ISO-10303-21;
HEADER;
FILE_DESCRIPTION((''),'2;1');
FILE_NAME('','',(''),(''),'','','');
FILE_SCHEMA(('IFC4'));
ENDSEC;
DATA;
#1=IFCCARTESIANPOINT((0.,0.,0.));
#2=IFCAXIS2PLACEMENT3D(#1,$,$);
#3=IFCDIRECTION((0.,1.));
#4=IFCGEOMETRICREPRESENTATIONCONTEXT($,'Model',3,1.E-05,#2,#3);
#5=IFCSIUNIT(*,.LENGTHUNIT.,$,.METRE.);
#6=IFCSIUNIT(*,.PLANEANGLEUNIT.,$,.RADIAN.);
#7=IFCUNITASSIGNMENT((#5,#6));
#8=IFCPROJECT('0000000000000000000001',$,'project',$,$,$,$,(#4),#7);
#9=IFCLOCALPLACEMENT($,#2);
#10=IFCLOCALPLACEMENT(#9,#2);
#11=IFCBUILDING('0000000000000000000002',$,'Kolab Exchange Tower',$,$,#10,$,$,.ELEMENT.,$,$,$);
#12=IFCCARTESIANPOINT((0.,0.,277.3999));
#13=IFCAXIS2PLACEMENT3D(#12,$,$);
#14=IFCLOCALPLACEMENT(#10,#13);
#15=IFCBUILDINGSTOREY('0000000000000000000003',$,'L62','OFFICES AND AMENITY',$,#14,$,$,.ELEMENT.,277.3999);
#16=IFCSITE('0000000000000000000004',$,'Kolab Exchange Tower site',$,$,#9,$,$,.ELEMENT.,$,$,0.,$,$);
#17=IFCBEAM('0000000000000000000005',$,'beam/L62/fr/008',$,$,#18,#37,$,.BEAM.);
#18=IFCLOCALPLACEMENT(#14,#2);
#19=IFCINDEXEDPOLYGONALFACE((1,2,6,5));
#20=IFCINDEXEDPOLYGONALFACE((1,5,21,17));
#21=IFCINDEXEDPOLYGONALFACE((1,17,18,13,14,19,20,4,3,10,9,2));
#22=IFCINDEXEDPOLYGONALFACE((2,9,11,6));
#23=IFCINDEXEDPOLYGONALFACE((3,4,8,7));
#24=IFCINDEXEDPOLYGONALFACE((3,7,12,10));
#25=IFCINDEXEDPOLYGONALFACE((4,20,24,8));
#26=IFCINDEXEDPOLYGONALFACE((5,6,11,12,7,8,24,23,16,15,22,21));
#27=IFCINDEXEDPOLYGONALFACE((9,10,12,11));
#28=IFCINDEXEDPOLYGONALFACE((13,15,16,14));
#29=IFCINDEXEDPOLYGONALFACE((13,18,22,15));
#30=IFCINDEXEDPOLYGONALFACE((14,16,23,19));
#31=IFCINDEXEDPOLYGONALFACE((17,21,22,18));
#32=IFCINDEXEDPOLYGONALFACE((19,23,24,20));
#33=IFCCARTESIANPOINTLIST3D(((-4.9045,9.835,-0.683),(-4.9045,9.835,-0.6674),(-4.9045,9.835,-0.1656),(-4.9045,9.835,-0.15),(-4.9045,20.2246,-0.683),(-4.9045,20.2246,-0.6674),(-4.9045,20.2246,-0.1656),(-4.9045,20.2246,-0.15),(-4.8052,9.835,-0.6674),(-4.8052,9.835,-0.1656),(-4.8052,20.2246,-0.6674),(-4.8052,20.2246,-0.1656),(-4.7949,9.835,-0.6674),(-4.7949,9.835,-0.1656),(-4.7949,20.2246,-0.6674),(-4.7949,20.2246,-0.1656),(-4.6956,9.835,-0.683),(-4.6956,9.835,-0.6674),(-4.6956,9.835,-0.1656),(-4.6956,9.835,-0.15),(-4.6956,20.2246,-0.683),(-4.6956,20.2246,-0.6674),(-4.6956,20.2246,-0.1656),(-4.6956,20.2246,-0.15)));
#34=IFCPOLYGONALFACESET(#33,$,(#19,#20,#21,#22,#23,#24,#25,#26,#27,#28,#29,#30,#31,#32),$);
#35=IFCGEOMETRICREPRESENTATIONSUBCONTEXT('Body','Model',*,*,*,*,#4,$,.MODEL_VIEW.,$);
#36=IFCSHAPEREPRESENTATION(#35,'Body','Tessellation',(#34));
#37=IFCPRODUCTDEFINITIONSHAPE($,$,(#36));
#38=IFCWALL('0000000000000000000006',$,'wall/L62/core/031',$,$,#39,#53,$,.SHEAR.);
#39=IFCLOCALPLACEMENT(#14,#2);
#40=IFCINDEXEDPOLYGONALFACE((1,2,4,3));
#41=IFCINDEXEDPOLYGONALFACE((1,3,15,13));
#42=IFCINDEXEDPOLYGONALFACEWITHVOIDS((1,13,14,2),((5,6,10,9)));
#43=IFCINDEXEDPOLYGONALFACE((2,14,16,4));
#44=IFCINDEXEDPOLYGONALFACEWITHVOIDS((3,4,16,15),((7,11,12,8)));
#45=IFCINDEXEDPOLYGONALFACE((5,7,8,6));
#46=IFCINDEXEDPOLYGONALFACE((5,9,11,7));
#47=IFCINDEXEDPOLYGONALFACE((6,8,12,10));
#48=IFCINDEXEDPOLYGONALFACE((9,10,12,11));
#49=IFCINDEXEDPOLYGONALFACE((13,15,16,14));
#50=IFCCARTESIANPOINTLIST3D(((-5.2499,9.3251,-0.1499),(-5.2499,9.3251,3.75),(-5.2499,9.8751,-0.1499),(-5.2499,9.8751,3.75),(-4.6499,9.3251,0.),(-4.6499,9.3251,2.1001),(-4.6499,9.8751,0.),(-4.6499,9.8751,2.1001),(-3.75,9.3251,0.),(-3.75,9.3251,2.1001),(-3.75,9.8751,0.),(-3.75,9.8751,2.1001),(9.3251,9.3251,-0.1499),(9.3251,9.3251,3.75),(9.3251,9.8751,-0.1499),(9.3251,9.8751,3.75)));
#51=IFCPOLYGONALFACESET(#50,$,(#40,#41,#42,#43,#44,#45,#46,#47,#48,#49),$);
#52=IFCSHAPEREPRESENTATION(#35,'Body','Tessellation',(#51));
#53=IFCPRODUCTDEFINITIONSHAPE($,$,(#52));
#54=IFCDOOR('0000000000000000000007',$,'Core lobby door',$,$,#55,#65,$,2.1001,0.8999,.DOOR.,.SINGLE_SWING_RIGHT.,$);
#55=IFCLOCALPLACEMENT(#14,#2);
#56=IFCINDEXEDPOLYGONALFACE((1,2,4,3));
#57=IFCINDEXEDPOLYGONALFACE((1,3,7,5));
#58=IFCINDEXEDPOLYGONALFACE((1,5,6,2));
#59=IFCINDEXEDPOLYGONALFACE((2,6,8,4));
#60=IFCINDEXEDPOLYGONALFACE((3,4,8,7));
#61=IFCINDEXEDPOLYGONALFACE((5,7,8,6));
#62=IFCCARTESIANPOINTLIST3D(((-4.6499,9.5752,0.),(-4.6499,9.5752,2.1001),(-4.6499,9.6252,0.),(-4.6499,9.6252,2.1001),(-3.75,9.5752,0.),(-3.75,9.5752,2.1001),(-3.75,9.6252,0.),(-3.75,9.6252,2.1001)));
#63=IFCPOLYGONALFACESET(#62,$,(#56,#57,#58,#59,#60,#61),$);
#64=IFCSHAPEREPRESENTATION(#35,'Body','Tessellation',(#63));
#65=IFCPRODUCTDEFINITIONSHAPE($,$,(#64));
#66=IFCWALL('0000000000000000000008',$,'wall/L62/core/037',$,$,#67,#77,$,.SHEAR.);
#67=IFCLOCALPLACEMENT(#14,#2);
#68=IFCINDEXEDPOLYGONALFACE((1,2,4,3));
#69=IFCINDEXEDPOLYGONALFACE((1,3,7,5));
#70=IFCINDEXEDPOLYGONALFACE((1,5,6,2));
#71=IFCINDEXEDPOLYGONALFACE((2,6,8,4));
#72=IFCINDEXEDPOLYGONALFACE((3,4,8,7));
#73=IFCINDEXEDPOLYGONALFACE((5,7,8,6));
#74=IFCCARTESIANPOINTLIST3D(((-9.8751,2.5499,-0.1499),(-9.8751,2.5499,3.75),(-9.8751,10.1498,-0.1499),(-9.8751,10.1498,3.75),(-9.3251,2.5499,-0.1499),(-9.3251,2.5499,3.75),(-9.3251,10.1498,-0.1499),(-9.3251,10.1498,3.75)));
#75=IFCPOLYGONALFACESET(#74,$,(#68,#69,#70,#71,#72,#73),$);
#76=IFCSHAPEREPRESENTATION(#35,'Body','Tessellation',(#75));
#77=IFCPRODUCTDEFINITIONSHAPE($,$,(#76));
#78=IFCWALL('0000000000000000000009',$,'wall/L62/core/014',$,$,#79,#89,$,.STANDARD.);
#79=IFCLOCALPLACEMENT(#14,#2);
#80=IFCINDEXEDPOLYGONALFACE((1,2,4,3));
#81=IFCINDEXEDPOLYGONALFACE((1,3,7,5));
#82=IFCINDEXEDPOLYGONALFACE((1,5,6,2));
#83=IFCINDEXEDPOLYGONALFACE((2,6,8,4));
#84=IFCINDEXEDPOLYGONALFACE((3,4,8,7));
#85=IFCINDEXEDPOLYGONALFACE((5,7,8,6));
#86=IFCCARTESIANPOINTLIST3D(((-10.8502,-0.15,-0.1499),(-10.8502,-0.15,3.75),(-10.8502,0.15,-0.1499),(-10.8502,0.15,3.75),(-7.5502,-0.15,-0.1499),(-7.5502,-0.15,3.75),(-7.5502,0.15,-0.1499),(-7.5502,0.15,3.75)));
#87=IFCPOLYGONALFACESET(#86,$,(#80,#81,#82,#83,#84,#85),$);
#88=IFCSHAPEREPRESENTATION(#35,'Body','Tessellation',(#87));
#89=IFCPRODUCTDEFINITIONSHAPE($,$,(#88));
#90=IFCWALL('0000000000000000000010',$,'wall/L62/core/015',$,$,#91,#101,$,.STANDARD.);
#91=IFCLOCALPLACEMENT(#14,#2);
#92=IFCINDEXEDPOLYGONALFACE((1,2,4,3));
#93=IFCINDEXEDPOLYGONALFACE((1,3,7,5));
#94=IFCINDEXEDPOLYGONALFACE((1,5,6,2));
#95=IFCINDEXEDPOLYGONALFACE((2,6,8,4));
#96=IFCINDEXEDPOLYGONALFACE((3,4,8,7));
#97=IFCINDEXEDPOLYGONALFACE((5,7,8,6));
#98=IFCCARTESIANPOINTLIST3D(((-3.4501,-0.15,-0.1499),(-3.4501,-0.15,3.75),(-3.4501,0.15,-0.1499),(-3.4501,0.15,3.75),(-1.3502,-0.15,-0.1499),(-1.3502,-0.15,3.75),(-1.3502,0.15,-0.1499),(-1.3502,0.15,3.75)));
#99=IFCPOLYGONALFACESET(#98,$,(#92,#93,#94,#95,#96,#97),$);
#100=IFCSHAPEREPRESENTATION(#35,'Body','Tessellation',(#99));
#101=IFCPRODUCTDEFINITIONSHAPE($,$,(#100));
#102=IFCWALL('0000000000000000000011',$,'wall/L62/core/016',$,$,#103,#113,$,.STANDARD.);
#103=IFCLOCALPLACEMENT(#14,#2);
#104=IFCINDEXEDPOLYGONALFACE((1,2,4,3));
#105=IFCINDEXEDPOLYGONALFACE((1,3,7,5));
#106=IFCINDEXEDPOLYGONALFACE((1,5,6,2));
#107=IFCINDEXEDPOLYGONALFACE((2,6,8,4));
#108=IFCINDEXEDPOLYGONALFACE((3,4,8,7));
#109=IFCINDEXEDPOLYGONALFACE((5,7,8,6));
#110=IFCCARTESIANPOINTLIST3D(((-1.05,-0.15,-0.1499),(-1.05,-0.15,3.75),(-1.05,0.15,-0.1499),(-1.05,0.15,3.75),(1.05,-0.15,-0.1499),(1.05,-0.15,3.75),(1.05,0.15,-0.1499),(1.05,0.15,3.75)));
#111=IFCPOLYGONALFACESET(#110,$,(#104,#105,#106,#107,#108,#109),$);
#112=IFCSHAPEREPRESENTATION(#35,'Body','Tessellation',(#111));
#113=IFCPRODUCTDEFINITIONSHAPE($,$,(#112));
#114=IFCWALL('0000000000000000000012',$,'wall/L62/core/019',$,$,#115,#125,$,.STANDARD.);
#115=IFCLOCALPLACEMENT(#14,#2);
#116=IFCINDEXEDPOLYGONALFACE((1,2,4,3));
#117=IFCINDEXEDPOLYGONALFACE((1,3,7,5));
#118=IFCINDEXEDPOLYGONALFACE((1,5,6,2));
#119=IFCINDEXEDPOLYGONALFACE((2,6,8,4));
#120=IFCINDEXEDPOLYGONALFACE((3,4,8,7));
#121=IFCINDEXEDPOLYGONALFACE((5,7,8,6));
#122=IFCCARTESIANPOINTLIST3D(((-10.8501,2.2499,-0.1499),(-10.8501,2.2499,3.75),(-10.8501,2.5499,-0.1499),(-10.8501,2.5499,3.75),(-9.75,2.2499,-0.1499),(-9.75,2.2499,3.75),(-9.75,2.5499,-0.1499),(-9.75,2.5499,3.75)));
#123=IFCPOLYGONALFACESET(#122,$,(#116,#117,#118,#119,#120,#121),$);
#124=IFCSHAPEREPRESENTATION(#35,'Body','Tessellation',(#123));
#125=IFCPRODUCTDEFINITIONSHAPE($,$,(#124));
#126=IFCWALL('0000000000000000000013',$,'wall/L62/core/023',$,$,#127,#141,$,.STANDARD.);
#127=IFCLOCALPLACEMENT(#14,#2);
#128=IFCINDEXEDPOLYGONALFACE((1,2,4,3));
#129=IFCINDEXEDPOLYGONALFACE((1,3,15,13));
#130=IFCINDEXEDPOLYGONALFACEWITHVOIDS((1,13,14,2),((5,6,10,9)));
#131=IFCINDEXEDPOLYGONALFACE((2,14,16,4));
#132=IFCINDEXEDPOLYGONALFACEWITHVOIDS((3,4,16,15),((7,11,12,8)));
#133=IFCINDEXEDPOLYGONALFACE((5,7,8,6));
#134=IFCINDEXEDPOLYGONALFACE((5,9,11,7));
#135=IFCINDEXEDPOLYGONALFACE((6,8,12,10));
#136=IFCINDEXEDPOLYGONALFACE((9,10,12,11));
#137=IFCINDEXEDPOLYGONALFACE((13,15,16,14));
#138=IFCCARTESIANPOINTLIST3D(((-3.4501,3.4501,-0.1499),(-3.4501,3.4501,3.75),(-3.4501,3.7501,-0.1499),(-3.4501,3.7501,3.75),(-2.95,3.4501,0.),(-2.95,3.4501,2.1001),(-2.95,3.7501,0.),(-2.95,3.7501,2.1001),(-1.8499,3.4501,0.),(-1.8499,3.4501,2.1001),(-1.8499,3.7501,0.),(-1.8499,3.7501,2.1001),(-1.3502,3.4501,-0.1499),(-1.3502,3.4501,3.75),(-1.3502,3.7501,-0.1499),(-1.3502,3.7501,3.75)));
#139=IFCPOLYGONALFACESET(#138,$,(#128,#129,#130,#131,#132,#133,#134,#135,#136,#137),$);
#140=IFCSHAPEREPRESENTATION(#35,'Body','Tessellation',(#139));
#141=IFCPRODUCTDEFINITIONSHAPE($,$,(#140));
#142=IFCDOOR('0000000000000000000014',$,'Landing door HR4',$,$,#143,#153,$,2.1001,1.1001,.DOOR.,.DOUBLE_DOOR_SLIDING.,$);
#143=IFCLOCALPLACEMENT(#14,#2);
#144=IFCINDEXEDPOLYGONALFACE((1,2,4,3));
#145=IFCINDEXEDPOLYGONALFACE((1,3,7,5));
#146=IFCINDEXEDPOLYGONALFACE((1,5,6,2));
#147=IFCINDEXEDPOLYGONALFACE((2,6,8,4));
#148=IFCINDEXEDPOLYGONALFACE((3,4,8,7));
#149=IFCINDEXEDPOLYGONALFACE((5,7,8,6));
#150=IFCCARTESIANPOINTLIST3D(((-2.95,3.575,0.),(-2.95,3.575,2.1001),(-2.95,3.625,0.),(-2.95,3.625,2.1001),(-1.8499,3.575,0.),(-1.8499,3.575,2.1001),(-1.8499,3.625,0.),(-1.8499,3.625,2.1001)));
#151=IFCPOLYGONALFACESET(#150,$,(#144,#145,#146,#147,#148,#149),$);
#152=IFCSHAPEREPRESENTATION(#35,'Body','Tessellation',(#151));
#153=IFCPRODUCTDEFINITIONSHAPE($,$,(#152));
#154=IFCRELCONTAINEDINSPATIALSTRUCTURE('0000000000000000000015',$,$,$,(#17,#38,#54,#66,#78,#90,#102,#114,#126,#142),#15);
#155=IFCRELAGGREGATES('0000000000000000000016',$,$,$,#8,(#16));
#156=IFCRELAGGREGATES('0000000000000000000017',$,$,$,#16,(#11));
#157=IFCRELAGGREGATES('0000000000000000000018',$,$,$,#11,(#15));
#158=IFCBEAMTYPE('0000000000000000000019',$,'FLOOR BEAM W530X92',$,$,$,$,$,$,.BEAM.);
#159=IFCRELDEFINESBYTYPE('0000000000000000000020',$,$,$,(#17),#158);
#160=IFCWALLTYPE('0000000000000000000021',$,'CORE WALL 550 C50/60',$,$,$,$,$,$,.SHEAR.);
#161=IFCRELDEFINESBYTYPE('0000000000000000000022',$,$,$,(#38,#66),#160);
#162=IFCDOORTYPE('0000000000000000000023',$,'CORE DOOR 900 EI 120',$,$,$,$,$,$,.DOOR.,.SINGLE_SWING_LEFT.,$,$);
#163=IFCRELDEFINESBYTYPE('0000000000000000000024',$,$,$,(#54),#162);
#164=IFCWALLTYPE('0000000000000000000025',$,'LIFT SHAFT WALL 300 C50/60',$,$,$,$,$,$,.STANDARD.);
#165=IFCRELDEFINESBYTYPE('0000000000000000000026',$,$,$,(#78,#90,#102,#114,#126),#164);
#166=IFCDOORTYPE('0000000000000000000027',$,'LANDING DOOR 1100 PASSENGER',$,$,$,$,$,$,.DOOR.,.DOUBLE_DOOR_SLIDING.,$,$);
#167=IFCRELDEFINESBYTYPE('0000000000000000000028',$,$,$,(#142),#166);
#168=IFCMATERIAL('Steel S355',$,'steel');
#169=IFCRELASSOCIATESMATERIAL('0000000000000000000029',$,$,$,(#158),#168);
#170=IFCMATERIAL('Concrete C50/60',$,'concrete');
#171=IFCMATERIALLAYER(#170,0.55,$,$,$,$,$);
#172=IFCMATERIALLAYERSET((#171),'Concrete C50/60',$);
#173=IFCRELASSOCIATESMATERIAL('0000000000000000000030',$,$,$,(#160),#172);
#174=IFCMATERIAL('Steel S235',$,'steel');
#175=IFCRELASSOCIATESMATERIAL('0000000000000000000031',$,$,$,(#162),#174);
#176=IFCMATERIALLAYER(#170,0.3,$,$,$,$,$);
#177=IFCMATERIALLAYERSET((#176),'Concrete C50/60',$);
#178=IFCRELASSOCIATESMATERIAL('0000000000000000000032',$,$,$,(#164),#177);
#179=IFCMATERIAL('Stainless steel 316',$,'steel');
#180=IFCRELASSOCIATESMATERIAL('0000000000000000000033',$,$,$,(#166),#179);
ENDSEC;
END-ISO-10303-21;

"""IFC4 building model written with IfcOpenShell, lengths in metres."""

from ifc_helpers import new_model, si_unit, direction, frame, frame_2d, origin, origin_2d, place, context, subcontext, project, spatial, rectangle, i_section, extrude, material, layer, layer_set, material_profile, profile_set, type_object, element, fill, save


model = new_model("IFC4")

# Units and contexts
model_context = context("Model", 3, precision=1e-05, world=origin(), true_north=direction((0.0, 1.0)))
body_context = subcontext(model_context, "Body", "Model", "MODEL_VIEW")
ifc_project = project(units=[si_unit("LENGTHUNIT", "METRE"), si_unit("PLANEANGLEUNIT", "RADIAN")], contexts=[model_context])

# Site, building, storey
site_placement = place(None, origin())
site = spatial("IfcSite", under=ifc_project, at=site_placement, Name="Kolab Exchange Tower site", CompositionType="ELEMENT", RefElevation=0.0)
building_placement = place(site_placement, origin())
building = spatial("IfcBuilding", under=site, at=building_placement, Name="Kolab Exchange Tower", CompositionType="ELEMENT")
storey_placement = place(building_placement, frame((0.0, 0.0, 277.3999)))
storey = spatial("IfcBuildingStorey", under=building, at=storey_placement, Name="L62", Description="OFFICES AND AMENITY", CompositionType="ELEMENT", Elevation=277.3999)

# Beam
ifc_material_1 = material(Name="Steel S355", Category="steel")
ifc_material_profile = material_profile(ifc_material_1, i_section(OverallWidth=0.209, OverallDepth=0.533, WebThickness=0.0103, FlangeThickness=0.0156, at=origin_2d()), Name="W530X92")
ifc_profile_set = profile_set([ifc_material_profile], Name="Steel S355")
beam_type = type_object("IfcBeamType", Name="FLOOR BEAM W530X92", PredefinedType="BEAM", material=ifc_profile_set)
beam_placement = place(storey_placement, frame((-4.8, 9.835, -0.4165), z_axis=(0.0, 1.0, 0.0), x_axis=(-1.0, 0.0, 0.0)))
element("IfcBeam", 1, at=beam_placement, inside=storey, type_object=beam_type, Name="beam/L62/fr/008", PredefinedType="BEAM", context=body_context, shape_type="SweptSolid", body=[
    extrude(i_section(OverallWidth=0.209, OverallDepth=0.533, WebThickness=0.0103, FlangeThickness=0.0156, at=origin_2d()), origin(), (0.0, 0.0, 1.0), 10.3896),
])

# Wall, opening, door
ifc_material_2 = material(Name="Concrete C50/60", Category="concrete")
ifc_layer_1 = layer(ifc_material_2, 0.55)
ifc_layer_set_1 = layer_set([ifc_layer_1], Name="Concrete C50/60")
wall_type_1 = type_object("IfcWallType", Name="CORE WALL 550 C50/60", PredefinedType="SHEAR", material=ifc_layer_set_1)
wall_1_placement = place(storey_placement, frame((-5.25, 9.6001, -0.1499), z_axis=(0.0, 0.0, 1.0), x_axis=(1.0, 0.0, 0.0)))
wall_1 = element("IfcWall", 2, at=wall_1_placement, inside=storey, type_object=wall_type_1, Name="wall/L62/core/031", PredefinedType="SHEAR", context=body_context, shape_type="SweptSolid", body=[
    extrude(rectangle(XDim=14.575, YDim=0.55, at=frame_2d((7.2876, 0.0))), origin(), (0.0, 0.0, 1.0), 3.8999),
])
opening_1_placement = place(wall_1_placement, frame((0.6001, 0.0, 0.1499)))
opening_1 = element("IfcOpeningElement", 3, at=opening_1_placement, cuts=wall_1, PredefinedType="OPENING", context=body_context, shape_type="SweptSolid", body=[
    extrude(rectangle(XDim=0.8999, YDim=2.1001, at=frame_2d((0.45, 1.05))), frame((0.0, 0.2852, 0.0), z_axis=(0.0, -1.0, 0.0), x_axis=(1.0, 0.0, 0.0)), (0.0, 0.0, 1.0), 0.5701),
])
ifc_material_3 = material(Name="Steel S235", Category="steel")
door_type_1 = type_object("IfcDoorType", Name="CORE DOOR 900 EI 120", OperationType="SINGLE_SWING_LEFT", PredefinedType="DOOR", material=ifc_material_3)
door_1_placement = place(opening_1_placement, frame((0.8999, 0.0, 0.0), z_axis=(0.0, 0.0, 1.0), x_axis=(-1.0, 0.0, 0.0)))
door_1 = element("IfcDoor", 4, at=door_1_placement, inside=storey, type_object=door_type_1, Name="Core lobby door", OperationType="SINGLE_SWING_RIGHT", OverallHeight=2.1001, OverallWidth=0.8999, PredefinedType="DOOR", context=body_context, shape_type="SweptSolid", body=[
    extrude(rectangle(XDim=0.8999, YDim=2.1001, at=frame_2d((0.45, 1.05))), frame((0.0, 0.0249, 0.0), z_axis=(0.0, -1.0, 0.0), x_axis=(1.0, 0.0, 0.0)), (0.0, 0.0, 1.0), 0.05),
])
fill(opening_1, door_1)

# Walls
wall_2_placement = place(storey_placement, frame((-9.6001, 2.55, -0.1499), z_axis=(0.0, 0.0, 1.0), x_axis=(0.0, 1.0, 0.0)))
element("IfcWall", 5, at=wall_2_placement, inside=storey, type_object=wall_type_1, Name="wall/L62/core/037", PredefinedType="SHEAR", context=body_context, shape_type="SweptSolid", body=[
    extrude(rectangle(XDim=7.5999, YDim=0.55, at=frame_2d((3.7998, 0.0))), origin(), (0.0, 0.0, 1.0), 3.8999),
])
ifc_layer_2 = layer(ifc_material_2, 0.3)
ifc_layer_set_2 = layer_set([ifc_layer_2], Name="Concrete C50/60")
wall_type_2 = type_object("IfcWallType", Name="LIFT SHAFT WALL 300 C50/60", PredefinedType="STANDARD", material=ifc_layer_set_2)
wall_3_placement = place(storey_placement, frame((-10.8501, 0.0, -0.1499), z_axis=(0.0, 0.0, 1.0), x_axis=(1.0, 0.0, 0.0)))
element("IfcWall", 6, at=wall_3_placement, inside=storey, type_object=wall_type_2, Name="wall/L62/core/014", PredefinedType="STANDARD", context=body_context, shape_type="SweptSolid", body=[
    extrude(rectangle(XDim=3.3, YDim=0.3, at=frame_2d((1.6499, 0.0))), origin(), (0.0, 0.0, 1.0), 3.8999),
])
wall_4_placement = place(storey_placement, frame((-3.45, 0.0, -0.1499), z_axis=(0.0, 0.0, 1.0), x_axis=(1.0, 0.0, 0.0)))
element("IfcWall", 7, at=wall_4_placement, inside=storey, type_object=wall_type_2, Name="wall/L62/core/015", PredefinedType="STANDARD", context=body_context, shape_type="SweptSolid", body=[
    extrude(rectangle(XDim=2.0999, YDim=0.3, at=frame_2d((1.0498, 0.0))), origin(), (0.0, 0.0, 1.0), 3.8999),
])
wall_5_placement = place(storey_placement, frame((-1.05, 0.0, -0.1499), z_axis=(0.0, 0.0, 1.0), x_axis=(1.0, 0.0, 0.0)))
element("IfcWall", 8, at=wall_5_placement, inside=storey, type_object=wall_type_2, Name="wall/L62/core/016", PredefinedType="STANDARD", context=body_context, shape_type="SweptSolid", body=[
    extrude(rectangle(XDim=2.1001, YDim=0.3, at=frame_2d((1.05, 0.0))), origin(), (0.0, 0.0, 1.0), 3.8999),
])
wall_6_placement = place(storey_placement, frame((-10.8501, 2.3999, -0.1499), z_axis=(0.0, 0.0, 1.0), x_axis=(1.0, 0.0, 0.0)))
element("IfcWall", 9, at=wall_6_placement, inside=storey, type_object=wall_type_2, Name="wall/L62/core/019", PredefinedType="STANDARD", context=body_context, shape_type="SweptSolid", body=[
    extrude(rectangle(XDim=1.1001, YDim=0.3, at=frame_2d((0.55, 0.0))), origin(), (0.0, 0.0, 1.0), 3.8999),
])

# Wall, opening, door
wall_7_placement = place(storey_placement, frame((-3.45, 3.6001, -0.1499), z_axis=(0.0, 0.0, 1.0), x_axis=(1.0, 0.0, 0.0)))
wall_7 = element("IfcWall", 10, at=wall_7_placement, inside=storey, type_object=wall_type_2, Name="wall/L62/core/023", PredefinedType="STANDARD", context=body_context, shape_type="SweptSolid", body=[
    extrude(rectangle(XDim=2.0999, YDim=0.3, at=frame_2d((1.0498, 0.0))), origin(), (0.0, 0.0, 1.0), 3.8999),
])
opening_2_placement = place(wall_7_placement, frame((0.5, 0.0, 0.1499)))
opening_2 = element("IfcOpeningElement", 11, at=opening_2_placement, cuts=wall_7, PredefinedType="OPENING", context=body_context, shape_type="SweptSolid", body=[
    extrude(rectangle(XDim=1.1001, YDim=2.1001, at=frame_2d((0.55, 1.05))), frame((0.0, 0.1602, 0.0), z_axis=(0.0, -1.0, 0.0), x_axis=(1.0, 0.0, 0.0)), (0.0, 0.0, 1.0), 0.3201),
])
ifc_material_4 = material(Name="Stainless steel 316", Category="steel")
door_type_2 = type_object("IfcDoorType", Name="LANDING DOOR 1100 PASSENGER", OperationType="DOUBLE_DOOR_SLIDING", PredefinedType="DOOR", material=ifc_material_4)
door_2_placement = place(opening_2_placement, origin())
door_2 = element("IfcDoor", 12, at=door_2_placement, inside=storey, type_object=door_type_2, Name="Landing door HR4", OperationType="DOUBLE_DOOR_SLIDING", OverallHeight=2.1001, OverallWidth=1.1001, PredefinedType="DOOR", context=body_context, shape_type="SweptSolid", body=[
    extrude(rectangle(XDim=1.1001, YDim=2.1001, at=frame_2d((0.55, 1.05))), frame((0.0, 0.0249, 0.0), z_axis=(0.0, -1.0, 0.0), x_axis=(1.0, 0.0, 0.0)), (0.0, 0.0, 1.0), 0.05),
])
fill(opening_2, door_2)

save(model, "model.ifc")
